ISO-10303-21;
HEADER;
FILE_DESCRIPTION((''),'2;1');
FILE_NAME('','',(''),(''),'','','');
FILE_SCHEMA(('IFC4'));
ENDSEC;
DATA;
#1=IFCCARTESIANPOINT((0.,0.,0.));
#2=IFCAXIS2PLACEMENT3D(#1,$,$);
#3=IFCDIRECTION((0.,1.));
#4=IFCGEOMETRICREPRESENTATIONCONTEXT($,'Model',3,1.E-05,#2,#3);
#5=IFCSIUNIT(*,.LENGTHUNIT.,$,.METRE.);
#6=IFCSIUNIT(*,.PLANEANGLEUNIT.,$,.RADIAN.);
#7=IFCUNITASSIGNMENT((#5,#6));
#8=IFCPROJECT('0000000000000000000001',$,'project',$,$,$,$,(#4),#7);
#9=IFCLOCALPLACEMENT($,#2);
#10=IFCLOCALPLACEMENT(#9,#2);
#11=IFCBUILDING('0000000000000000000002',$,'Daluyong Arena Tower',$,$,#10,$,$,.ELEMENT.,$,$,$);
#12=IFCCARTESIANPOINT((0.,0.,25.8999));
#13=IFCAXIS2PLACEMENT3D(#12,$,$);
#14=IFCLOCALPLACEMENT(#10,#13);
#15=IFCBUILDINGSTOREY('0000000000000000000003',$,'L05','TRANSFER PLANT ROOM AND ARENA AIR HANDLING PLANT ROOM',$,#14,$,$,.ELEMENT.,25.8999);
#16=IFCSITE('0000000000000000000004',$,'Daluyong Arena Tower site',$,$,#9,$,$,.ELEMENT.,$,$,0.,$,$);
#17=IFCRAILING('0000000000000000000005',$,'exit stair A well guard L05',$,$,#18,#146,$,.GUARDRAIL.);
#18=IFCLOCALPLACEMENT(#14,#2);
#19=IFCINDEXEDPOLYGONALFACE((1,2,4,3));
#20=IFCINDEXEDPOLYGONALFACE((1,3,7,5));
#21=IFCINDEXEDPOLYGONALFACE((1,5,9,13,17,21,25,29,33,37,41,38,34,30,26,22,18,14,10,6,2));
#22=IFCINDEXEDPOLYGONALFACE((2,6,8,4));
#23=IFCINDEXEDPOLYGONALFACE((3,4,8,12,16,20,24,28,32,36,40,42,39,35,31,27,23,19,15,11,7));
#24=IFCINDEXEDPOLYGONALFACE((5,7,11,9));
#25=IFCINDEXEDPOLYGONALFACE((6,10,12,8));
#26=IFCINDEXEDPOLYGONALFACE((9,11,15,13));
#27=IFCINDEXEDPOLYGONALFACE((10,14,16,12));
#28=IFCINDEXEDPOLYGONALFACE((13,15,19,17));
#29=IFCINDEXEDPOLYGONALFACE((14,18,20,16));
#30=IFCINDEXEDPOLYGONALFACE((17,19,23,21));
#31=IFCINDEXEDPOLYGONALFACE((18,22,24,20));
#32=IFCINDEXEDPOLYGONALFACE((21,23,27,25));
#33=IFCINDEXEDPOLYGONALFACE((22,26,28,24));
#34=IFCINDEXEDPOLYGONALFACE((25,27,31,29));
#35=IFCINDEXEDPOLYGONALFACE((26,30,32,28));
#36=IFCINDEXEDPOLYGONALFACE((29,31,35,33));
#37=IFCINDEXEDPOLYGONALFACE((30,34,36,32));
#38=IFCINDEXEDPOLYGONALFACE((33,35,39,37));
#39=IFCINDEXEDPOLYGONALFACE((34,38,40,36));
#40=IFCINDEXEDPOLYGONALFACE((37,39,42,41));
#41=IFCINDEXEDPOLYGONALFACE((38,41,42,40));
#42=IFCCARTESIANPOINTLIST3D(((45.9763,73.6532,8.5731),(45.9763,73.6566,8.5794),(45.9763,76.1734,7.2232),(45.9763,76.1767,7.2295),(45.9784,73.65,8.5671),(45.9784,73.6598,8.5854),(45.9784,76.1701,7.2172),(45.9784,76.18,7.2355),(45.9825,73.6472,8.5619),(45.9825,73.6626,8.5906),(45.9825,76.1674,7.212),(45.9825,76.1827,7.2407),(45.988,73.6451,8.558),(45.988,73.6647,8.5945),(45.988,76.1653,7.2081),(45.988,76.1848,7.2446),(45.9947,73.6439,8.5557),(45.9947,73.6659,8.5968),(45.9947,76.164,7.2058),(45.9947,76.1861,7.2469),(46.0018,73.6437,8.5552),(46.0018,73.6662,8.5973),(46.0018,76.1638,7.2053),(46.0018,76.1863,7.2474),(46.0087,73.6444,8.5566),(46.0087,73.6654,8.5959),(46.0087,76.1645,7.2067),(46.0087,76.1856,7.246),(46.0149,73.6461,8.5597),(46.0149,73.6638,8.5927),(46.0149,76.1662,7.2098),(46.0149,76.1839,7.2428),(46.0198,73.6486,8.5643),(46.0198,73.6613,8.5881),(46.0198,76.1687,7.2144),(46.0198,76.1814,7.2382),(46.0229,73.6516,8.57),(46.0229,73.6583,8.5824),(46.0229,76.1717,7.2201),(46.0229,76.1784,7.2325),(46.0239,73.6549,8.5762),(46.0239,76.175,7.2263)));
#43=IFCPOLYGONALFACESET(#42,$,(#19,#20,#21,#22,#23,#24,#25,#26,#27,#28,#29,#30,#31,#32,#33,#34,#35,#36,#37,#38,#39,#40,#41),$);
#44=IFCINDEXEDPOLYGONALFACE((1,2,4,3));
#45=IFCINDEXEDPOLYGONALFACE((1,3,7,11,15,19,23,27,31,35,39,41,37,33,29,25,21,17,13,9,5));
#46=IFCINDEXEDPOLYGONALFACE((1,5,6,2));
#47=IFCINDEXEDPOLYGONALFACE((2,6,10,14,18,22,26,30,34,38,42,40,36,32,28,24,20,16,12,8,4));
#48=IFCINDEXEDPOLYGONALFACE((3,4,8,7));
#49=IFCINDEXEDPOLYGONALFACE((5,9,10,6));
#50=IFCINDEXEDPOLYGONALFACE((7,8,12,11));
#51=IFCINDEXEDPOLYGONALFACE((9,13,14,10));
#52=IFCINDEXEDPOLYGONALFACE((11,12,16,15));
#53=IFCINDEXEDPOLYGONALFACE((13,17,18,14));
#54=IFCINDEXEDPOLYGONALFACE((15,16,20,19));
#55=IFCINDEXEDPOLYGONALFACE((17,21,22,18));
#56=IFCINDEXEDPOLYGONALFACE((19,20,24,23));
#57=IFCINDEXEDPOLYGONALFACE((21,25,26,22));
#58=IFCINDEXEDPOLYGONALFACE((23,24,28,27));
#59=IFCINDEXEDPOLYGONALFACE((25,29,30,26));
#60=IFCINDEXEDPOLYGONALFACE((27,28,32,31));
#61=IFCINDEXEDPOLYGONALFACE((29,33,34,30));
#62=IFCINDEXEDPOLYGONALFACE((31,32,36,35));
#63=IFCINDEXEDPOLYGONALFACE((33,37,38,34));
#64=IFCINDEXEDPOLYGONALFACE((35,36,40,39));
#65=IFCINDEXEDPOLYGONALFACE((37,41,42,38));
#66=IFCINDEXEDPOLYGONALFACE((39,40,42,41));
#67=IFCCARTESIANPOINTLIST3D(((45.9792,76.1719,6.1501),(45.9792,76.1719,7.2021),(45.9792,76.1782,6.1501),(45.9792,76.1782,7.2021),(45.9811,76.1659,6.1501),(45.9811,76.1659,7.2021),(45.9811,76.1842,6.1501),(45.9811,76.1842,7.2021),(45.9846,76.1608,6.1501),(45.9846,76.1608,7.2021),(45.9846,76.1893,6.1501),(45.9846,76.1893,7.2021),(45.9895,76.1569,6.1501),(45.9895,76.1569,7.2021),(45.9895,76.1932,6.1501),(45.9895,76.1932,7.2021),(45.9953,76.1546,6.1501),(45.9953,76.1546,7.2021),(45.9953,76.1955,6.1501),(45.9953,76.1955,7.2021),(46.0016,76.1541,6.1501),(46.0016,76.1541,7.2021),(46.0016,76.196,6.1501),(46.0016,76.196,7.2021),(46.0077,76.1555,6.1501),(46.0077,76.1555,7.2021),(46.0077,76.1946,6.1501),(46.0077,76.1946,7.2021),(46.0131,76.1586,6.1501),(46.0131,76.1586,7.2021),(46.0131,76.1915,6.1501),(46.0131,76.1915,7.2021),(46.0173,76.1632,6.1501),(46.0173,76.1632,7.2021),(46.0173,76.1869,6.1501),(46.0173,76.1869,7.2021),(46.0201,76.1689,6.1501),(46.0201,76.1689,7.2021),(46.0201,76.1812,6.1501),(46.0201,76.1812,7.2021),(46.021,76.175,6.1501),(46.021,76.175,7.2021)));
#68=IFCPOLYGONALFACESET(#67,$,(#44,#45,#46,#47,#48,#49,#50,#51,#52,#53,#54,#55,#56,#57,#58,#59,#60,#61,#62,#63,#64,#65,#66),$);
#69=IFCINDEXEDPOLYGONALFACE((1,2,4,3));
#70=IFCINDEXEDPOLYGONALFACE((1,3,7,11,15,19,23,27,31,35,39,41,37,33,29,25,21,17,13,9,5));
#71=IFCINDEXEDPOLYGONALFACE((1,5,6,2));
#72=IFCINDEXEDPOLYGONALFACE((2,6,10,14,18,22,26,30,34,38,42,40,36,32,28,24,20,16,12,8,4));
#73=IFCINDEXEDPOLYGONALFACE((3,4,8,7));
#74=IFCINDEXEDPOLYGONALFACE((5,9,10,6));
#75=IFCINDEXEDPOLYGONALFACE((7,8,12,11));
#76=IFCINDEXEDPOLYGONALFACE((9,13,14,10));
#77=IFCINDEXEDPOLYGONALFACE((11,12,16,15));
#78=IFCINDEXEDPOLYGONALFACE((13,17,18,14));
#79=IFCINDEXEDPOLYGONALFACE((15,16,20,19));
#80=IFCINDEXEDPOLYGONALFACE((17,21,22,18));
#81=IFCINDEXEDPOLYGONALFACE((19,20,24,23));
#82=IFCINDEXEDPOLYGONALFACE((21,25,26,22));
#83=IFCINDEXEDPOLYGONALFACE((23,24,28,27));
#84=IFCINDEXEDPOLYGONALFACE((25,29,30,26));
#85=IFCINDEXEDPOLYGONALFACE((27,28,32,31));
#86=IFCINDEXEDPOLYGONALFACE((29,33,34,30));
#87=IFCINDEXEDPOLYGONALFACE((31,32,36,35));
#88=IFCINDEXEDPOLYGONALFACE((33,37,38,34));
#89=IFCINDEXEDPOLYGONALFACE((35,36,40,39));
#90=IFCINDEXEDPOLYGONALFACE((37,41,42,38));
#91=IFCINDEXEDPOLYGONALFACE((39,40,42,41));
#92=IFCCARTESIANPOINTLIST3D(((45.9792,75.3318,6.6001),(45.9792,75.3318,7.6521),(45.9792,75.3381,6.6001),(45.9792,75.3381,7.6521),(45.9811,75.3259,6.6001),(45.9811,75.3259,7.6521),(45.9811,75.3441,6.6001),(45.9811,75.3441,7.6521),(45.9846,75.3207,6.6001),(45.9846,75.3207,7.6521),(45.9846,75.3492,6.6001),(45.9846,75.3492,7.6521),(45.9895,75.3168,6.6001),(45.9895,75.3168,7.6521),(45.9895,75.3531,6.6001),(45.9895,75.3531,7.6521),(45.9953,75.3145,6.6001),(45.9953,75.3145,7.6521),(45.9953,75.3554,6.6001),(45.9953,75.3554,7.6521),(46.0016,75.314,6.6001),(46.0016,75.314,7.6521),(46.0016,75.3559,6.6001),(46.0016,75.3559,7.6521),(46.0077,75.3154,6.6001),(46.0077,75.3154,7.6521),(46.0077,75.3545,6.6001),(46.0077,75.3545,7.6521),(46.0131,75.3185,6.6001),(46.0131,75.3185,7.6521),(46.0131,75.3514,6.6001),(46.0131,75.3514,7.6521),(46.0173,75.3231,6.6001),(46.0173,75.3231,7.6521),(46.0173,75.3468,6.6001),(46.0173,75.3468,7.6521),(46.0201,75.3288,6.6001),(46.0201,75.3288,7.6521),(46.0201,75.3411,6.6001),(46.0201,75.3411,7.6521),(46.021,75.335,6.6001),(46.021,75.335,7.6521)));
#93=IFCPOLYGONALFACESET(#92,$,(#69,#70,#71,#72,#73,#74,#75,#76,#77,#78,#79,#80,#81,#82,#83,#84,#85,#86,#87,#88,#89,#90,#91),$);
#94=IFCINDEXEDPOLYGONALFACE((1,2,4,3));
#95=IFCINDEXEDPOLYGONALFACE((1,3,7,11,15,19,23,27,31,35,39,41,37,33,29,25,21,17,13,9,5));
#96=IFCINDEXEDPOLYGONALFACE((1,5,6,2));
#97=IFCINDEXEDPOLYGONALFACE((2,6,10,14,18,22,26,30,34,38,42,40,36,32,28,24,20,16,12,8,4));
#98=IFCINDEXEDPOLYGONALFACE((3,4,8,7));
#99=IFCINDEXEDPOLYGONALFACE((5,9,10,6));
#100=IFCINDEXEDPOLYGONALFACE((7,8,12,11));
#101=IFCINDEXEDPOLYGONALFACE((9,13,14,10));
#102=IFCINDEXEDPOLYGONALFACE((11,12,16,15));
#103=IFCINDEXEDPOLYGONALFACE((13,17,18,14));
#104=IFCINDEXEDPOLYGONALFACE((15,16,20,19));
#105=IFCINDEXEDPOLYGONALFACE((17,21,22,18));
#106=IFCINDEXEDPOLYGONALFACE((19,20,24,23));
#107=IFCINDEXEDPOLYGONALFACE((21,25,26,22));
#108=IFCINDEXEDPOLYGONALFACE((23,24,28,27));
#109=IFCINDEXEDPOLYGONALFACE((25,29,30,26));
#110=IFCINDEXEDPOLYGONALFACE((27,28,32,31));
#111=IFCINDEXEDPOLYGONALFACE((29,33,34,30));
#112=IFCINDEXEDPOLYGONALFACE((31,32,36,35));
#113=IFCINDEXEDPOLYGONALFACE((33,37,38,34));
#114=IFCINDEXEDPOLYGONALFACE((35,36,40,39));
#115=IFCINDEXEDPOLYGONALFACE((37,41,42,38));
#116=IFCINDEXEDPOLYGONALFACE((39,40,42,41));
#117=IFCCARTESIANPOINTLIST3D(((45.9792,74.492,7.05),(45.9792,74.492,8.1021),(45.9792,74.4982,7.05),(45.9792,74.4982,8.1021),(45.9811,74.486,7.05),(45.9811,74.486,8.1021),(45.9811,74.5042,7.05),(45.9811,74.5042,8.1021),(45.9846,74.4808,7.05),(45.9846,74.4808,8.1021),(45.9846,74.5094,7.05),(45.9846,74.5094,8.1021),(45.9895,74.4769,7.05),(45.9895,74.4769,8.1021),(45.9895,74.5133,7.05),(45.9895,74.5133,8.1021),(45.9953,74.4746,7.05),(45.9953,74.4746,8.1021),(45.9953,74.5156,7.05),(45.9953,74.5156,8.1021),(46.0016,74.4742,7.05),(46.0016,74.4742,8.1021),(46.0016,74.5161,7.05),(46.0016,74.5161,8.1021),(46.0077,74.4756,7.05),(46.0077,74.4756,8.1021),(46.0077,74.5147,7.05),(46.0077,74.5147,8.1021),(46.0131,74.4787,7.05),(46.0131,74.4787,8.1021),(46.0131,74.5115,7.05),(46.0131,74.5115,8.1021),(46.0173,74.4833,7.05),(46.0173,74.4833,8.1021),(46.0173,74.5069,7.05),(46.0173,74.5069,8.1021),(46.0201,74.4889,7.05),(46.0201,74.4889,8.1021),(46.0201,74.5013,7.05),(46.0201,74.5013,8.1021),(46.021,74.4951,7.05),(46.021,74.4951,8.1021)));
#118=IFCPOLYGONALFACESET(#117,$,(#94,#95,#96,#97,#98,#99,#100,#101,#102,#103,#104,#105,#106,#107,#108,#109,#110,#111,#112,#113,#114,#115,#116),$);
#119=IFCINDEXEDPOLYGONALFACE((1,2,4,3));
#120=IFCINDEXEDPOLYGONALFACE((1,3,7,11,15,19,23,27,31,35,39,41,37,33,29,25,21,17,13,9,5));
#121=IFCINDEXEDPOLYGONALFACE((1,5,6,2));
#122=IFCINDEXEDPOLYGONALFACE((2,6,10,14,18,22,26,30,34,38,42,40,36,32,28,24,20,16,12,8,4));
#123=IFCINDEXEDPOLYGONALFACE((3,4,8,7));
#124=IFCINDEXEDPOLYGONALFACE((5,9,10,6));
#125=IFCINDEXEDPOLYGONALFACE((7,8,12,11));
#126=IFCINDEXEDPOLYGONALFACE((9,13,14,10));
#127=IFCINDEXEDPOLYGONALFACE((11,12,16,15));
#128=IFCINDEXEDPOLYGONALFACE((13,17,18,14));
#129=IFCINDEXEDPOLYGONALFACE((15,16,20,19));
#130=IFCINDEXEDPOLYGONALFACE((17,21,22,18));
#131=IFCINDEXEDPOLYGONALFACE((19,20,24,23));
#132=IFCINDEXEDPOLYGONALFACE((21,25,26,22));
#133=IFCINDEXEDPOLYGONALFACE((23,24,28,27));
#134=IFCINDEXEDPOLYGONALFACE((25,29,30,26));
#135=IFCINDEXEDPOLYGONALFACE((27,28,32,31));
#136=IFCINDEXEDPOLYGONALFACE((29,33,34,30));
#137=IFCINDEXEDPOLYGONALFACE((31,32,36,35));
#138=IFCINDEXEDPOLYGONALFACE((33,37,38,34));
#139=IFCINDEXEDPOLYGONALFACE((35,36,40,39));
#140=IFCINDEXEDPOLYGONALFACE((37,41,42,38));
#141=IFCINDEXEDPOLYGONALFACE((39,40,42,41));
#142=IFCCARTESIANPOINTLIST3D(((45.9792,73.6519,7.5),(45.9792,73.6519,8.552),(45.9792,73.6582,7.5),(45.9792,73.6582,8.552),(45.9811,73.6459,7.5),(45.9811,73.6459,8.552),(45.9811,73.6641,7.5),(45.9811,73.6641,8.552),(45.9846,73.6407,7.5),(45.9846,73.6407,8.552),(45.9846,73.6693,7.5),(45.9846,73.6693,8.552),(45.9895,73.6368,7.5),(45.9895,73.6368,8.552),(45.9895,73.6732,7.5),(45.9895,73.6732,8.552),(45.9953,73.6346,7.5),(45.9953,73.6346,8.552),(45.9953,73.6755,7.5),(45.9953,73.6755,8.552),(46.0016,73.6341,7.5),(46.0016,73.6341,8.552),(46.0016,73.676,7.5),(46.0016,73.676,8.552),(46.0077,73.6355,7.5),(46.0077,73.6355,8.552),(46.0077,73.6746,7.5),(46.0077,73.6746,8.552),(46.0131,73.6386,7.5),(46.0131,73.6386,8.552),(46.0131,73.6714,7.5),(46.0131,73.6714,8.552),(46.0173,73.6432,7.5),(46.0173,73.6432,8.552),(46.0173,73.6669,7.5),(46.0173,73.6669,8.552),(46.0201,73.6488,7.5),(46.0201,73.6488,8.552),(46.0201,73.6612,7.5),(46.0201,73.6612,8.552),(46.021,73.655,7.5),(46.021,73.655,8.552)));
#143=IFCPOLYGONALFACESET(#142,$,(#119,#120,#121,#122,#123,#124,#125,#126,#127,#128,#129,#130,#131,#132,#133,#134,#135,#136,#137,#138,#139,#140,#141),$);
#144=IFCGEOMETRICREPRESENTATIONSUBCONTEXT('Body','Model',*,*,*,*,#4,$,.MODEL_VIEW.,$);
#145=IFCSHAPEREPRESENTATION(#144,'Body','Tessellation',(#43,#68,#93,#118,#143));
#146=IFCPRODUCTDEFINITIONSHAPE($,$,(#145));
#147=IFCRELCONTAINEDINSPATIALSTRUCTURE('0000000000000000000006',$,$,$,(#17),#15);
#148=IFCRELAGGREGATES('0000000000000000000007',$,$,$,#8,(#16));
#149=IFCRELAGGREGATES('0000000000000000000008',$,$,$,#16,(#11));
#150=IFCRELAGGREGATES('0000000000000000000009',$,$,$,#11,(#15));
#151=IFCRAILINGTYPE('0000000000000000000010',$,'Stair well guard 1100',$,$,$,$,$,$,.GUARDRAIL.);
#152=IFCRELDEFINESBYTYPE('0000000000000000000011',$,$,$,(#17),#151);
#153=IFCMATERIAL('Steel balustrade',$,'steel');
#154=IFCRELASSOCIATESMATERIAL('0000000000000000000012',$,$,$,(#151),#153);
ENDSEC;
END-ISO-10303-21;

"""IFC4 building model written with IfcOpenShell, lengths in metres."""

from ifc_helpers import new_model, si_unit, direction, frame, origin, origin_2d, place, context, subcontext, project, spatial, circle, extrude, material, type_object, element, save


model = new_model("IFC4")

# Units and contexts
model_context = context("Model", 3, precision=1e-05, world=origin(), true_north=direction((0.0, 1.0)))
body_context = subcontext(model_context, "Body", "Model", "MODEL_VIEW")
ifc_project = project(units=[si_unit("LENGTHUNIT", "METRE"), si_unit("PLANEANGLEUNIT", "RADIAN")], contexts=[model_context])

# Site, building, storey
site_placement = place(None, origin())
site = spatial("IfcSite", under=ifc_project, at=site_placement, Name="Daluyong Arena Tower site", CompositionType="ELEMENT", RefElevation=0.0)
building_placement = place(site_placement, origin())
building = spatial("IfcBuilding", under=site, at=building_placement, Name="Daluyong Arena Tower", CompositionType="ELEMENT")
storey_placement = place(building_placement, frame((0.0, 0.0, 25.8999)))
storey = spatial("IfcBuildingStorey", under=building, at=storey_placement, Name="L05", Description="TRANSFER PLANT ROOM AND ARENA AIR HANDLING PLANT ROOM", CompositionType="ELEMENT", Elevation=25.8999)

# Railing
ifc_material_1 = material(Name="Steel balustrade", Category="steel")
railing_type_1 = type_object("IfcRailingType", Name="Stair well guard 1100", PredefinedType="GUARDRAIL", material=ifc_material_1)
railing_1_placement = place(storey_placement, frame((46.0, 76.175, 6.1501)))
element("IfcRailing", 1, at=railing_1_placement, inside=storey, type_object=railing_type_1, Name="exit stair A well guard L05", PredefinedType="GUARDRAIL", context=body_context, shape_type="SweptSolid", body=[
    extrude(circle(Radius=0.0239, at=origin_2d()), frame((0.0, 0.0, 1.0762), z_axis=(0.0, -0.881503, 0.472179), x_axis=(1.0, 0.0, 0.0)), (0.0, 0.0, 1.0), 2.8589),
    extrude(circle(Radius=0.021, at=origin_2d()), origin(), (0.0, 0.0, 1.0), 1.052),
    extrude(circle(Radius=0.021, at=origin_2d()), frame((0.0, -0.8401, 0.45)), (0.0, 0.0, 1.0), 1.052),
    extrude(circle(Radius=0.021, at=origin_2d()), frame((0.0, -1.6799, 0.8999)), (0.0, 0.0, 1.0), 1.052),
    extrude(circle(Radius=0.021, at=origin_2d()), frame((0.0, -2.52, 1.3499)), (0.0, 0.0, 1.0), 1.052),
])

save(model, "model.ifc")
